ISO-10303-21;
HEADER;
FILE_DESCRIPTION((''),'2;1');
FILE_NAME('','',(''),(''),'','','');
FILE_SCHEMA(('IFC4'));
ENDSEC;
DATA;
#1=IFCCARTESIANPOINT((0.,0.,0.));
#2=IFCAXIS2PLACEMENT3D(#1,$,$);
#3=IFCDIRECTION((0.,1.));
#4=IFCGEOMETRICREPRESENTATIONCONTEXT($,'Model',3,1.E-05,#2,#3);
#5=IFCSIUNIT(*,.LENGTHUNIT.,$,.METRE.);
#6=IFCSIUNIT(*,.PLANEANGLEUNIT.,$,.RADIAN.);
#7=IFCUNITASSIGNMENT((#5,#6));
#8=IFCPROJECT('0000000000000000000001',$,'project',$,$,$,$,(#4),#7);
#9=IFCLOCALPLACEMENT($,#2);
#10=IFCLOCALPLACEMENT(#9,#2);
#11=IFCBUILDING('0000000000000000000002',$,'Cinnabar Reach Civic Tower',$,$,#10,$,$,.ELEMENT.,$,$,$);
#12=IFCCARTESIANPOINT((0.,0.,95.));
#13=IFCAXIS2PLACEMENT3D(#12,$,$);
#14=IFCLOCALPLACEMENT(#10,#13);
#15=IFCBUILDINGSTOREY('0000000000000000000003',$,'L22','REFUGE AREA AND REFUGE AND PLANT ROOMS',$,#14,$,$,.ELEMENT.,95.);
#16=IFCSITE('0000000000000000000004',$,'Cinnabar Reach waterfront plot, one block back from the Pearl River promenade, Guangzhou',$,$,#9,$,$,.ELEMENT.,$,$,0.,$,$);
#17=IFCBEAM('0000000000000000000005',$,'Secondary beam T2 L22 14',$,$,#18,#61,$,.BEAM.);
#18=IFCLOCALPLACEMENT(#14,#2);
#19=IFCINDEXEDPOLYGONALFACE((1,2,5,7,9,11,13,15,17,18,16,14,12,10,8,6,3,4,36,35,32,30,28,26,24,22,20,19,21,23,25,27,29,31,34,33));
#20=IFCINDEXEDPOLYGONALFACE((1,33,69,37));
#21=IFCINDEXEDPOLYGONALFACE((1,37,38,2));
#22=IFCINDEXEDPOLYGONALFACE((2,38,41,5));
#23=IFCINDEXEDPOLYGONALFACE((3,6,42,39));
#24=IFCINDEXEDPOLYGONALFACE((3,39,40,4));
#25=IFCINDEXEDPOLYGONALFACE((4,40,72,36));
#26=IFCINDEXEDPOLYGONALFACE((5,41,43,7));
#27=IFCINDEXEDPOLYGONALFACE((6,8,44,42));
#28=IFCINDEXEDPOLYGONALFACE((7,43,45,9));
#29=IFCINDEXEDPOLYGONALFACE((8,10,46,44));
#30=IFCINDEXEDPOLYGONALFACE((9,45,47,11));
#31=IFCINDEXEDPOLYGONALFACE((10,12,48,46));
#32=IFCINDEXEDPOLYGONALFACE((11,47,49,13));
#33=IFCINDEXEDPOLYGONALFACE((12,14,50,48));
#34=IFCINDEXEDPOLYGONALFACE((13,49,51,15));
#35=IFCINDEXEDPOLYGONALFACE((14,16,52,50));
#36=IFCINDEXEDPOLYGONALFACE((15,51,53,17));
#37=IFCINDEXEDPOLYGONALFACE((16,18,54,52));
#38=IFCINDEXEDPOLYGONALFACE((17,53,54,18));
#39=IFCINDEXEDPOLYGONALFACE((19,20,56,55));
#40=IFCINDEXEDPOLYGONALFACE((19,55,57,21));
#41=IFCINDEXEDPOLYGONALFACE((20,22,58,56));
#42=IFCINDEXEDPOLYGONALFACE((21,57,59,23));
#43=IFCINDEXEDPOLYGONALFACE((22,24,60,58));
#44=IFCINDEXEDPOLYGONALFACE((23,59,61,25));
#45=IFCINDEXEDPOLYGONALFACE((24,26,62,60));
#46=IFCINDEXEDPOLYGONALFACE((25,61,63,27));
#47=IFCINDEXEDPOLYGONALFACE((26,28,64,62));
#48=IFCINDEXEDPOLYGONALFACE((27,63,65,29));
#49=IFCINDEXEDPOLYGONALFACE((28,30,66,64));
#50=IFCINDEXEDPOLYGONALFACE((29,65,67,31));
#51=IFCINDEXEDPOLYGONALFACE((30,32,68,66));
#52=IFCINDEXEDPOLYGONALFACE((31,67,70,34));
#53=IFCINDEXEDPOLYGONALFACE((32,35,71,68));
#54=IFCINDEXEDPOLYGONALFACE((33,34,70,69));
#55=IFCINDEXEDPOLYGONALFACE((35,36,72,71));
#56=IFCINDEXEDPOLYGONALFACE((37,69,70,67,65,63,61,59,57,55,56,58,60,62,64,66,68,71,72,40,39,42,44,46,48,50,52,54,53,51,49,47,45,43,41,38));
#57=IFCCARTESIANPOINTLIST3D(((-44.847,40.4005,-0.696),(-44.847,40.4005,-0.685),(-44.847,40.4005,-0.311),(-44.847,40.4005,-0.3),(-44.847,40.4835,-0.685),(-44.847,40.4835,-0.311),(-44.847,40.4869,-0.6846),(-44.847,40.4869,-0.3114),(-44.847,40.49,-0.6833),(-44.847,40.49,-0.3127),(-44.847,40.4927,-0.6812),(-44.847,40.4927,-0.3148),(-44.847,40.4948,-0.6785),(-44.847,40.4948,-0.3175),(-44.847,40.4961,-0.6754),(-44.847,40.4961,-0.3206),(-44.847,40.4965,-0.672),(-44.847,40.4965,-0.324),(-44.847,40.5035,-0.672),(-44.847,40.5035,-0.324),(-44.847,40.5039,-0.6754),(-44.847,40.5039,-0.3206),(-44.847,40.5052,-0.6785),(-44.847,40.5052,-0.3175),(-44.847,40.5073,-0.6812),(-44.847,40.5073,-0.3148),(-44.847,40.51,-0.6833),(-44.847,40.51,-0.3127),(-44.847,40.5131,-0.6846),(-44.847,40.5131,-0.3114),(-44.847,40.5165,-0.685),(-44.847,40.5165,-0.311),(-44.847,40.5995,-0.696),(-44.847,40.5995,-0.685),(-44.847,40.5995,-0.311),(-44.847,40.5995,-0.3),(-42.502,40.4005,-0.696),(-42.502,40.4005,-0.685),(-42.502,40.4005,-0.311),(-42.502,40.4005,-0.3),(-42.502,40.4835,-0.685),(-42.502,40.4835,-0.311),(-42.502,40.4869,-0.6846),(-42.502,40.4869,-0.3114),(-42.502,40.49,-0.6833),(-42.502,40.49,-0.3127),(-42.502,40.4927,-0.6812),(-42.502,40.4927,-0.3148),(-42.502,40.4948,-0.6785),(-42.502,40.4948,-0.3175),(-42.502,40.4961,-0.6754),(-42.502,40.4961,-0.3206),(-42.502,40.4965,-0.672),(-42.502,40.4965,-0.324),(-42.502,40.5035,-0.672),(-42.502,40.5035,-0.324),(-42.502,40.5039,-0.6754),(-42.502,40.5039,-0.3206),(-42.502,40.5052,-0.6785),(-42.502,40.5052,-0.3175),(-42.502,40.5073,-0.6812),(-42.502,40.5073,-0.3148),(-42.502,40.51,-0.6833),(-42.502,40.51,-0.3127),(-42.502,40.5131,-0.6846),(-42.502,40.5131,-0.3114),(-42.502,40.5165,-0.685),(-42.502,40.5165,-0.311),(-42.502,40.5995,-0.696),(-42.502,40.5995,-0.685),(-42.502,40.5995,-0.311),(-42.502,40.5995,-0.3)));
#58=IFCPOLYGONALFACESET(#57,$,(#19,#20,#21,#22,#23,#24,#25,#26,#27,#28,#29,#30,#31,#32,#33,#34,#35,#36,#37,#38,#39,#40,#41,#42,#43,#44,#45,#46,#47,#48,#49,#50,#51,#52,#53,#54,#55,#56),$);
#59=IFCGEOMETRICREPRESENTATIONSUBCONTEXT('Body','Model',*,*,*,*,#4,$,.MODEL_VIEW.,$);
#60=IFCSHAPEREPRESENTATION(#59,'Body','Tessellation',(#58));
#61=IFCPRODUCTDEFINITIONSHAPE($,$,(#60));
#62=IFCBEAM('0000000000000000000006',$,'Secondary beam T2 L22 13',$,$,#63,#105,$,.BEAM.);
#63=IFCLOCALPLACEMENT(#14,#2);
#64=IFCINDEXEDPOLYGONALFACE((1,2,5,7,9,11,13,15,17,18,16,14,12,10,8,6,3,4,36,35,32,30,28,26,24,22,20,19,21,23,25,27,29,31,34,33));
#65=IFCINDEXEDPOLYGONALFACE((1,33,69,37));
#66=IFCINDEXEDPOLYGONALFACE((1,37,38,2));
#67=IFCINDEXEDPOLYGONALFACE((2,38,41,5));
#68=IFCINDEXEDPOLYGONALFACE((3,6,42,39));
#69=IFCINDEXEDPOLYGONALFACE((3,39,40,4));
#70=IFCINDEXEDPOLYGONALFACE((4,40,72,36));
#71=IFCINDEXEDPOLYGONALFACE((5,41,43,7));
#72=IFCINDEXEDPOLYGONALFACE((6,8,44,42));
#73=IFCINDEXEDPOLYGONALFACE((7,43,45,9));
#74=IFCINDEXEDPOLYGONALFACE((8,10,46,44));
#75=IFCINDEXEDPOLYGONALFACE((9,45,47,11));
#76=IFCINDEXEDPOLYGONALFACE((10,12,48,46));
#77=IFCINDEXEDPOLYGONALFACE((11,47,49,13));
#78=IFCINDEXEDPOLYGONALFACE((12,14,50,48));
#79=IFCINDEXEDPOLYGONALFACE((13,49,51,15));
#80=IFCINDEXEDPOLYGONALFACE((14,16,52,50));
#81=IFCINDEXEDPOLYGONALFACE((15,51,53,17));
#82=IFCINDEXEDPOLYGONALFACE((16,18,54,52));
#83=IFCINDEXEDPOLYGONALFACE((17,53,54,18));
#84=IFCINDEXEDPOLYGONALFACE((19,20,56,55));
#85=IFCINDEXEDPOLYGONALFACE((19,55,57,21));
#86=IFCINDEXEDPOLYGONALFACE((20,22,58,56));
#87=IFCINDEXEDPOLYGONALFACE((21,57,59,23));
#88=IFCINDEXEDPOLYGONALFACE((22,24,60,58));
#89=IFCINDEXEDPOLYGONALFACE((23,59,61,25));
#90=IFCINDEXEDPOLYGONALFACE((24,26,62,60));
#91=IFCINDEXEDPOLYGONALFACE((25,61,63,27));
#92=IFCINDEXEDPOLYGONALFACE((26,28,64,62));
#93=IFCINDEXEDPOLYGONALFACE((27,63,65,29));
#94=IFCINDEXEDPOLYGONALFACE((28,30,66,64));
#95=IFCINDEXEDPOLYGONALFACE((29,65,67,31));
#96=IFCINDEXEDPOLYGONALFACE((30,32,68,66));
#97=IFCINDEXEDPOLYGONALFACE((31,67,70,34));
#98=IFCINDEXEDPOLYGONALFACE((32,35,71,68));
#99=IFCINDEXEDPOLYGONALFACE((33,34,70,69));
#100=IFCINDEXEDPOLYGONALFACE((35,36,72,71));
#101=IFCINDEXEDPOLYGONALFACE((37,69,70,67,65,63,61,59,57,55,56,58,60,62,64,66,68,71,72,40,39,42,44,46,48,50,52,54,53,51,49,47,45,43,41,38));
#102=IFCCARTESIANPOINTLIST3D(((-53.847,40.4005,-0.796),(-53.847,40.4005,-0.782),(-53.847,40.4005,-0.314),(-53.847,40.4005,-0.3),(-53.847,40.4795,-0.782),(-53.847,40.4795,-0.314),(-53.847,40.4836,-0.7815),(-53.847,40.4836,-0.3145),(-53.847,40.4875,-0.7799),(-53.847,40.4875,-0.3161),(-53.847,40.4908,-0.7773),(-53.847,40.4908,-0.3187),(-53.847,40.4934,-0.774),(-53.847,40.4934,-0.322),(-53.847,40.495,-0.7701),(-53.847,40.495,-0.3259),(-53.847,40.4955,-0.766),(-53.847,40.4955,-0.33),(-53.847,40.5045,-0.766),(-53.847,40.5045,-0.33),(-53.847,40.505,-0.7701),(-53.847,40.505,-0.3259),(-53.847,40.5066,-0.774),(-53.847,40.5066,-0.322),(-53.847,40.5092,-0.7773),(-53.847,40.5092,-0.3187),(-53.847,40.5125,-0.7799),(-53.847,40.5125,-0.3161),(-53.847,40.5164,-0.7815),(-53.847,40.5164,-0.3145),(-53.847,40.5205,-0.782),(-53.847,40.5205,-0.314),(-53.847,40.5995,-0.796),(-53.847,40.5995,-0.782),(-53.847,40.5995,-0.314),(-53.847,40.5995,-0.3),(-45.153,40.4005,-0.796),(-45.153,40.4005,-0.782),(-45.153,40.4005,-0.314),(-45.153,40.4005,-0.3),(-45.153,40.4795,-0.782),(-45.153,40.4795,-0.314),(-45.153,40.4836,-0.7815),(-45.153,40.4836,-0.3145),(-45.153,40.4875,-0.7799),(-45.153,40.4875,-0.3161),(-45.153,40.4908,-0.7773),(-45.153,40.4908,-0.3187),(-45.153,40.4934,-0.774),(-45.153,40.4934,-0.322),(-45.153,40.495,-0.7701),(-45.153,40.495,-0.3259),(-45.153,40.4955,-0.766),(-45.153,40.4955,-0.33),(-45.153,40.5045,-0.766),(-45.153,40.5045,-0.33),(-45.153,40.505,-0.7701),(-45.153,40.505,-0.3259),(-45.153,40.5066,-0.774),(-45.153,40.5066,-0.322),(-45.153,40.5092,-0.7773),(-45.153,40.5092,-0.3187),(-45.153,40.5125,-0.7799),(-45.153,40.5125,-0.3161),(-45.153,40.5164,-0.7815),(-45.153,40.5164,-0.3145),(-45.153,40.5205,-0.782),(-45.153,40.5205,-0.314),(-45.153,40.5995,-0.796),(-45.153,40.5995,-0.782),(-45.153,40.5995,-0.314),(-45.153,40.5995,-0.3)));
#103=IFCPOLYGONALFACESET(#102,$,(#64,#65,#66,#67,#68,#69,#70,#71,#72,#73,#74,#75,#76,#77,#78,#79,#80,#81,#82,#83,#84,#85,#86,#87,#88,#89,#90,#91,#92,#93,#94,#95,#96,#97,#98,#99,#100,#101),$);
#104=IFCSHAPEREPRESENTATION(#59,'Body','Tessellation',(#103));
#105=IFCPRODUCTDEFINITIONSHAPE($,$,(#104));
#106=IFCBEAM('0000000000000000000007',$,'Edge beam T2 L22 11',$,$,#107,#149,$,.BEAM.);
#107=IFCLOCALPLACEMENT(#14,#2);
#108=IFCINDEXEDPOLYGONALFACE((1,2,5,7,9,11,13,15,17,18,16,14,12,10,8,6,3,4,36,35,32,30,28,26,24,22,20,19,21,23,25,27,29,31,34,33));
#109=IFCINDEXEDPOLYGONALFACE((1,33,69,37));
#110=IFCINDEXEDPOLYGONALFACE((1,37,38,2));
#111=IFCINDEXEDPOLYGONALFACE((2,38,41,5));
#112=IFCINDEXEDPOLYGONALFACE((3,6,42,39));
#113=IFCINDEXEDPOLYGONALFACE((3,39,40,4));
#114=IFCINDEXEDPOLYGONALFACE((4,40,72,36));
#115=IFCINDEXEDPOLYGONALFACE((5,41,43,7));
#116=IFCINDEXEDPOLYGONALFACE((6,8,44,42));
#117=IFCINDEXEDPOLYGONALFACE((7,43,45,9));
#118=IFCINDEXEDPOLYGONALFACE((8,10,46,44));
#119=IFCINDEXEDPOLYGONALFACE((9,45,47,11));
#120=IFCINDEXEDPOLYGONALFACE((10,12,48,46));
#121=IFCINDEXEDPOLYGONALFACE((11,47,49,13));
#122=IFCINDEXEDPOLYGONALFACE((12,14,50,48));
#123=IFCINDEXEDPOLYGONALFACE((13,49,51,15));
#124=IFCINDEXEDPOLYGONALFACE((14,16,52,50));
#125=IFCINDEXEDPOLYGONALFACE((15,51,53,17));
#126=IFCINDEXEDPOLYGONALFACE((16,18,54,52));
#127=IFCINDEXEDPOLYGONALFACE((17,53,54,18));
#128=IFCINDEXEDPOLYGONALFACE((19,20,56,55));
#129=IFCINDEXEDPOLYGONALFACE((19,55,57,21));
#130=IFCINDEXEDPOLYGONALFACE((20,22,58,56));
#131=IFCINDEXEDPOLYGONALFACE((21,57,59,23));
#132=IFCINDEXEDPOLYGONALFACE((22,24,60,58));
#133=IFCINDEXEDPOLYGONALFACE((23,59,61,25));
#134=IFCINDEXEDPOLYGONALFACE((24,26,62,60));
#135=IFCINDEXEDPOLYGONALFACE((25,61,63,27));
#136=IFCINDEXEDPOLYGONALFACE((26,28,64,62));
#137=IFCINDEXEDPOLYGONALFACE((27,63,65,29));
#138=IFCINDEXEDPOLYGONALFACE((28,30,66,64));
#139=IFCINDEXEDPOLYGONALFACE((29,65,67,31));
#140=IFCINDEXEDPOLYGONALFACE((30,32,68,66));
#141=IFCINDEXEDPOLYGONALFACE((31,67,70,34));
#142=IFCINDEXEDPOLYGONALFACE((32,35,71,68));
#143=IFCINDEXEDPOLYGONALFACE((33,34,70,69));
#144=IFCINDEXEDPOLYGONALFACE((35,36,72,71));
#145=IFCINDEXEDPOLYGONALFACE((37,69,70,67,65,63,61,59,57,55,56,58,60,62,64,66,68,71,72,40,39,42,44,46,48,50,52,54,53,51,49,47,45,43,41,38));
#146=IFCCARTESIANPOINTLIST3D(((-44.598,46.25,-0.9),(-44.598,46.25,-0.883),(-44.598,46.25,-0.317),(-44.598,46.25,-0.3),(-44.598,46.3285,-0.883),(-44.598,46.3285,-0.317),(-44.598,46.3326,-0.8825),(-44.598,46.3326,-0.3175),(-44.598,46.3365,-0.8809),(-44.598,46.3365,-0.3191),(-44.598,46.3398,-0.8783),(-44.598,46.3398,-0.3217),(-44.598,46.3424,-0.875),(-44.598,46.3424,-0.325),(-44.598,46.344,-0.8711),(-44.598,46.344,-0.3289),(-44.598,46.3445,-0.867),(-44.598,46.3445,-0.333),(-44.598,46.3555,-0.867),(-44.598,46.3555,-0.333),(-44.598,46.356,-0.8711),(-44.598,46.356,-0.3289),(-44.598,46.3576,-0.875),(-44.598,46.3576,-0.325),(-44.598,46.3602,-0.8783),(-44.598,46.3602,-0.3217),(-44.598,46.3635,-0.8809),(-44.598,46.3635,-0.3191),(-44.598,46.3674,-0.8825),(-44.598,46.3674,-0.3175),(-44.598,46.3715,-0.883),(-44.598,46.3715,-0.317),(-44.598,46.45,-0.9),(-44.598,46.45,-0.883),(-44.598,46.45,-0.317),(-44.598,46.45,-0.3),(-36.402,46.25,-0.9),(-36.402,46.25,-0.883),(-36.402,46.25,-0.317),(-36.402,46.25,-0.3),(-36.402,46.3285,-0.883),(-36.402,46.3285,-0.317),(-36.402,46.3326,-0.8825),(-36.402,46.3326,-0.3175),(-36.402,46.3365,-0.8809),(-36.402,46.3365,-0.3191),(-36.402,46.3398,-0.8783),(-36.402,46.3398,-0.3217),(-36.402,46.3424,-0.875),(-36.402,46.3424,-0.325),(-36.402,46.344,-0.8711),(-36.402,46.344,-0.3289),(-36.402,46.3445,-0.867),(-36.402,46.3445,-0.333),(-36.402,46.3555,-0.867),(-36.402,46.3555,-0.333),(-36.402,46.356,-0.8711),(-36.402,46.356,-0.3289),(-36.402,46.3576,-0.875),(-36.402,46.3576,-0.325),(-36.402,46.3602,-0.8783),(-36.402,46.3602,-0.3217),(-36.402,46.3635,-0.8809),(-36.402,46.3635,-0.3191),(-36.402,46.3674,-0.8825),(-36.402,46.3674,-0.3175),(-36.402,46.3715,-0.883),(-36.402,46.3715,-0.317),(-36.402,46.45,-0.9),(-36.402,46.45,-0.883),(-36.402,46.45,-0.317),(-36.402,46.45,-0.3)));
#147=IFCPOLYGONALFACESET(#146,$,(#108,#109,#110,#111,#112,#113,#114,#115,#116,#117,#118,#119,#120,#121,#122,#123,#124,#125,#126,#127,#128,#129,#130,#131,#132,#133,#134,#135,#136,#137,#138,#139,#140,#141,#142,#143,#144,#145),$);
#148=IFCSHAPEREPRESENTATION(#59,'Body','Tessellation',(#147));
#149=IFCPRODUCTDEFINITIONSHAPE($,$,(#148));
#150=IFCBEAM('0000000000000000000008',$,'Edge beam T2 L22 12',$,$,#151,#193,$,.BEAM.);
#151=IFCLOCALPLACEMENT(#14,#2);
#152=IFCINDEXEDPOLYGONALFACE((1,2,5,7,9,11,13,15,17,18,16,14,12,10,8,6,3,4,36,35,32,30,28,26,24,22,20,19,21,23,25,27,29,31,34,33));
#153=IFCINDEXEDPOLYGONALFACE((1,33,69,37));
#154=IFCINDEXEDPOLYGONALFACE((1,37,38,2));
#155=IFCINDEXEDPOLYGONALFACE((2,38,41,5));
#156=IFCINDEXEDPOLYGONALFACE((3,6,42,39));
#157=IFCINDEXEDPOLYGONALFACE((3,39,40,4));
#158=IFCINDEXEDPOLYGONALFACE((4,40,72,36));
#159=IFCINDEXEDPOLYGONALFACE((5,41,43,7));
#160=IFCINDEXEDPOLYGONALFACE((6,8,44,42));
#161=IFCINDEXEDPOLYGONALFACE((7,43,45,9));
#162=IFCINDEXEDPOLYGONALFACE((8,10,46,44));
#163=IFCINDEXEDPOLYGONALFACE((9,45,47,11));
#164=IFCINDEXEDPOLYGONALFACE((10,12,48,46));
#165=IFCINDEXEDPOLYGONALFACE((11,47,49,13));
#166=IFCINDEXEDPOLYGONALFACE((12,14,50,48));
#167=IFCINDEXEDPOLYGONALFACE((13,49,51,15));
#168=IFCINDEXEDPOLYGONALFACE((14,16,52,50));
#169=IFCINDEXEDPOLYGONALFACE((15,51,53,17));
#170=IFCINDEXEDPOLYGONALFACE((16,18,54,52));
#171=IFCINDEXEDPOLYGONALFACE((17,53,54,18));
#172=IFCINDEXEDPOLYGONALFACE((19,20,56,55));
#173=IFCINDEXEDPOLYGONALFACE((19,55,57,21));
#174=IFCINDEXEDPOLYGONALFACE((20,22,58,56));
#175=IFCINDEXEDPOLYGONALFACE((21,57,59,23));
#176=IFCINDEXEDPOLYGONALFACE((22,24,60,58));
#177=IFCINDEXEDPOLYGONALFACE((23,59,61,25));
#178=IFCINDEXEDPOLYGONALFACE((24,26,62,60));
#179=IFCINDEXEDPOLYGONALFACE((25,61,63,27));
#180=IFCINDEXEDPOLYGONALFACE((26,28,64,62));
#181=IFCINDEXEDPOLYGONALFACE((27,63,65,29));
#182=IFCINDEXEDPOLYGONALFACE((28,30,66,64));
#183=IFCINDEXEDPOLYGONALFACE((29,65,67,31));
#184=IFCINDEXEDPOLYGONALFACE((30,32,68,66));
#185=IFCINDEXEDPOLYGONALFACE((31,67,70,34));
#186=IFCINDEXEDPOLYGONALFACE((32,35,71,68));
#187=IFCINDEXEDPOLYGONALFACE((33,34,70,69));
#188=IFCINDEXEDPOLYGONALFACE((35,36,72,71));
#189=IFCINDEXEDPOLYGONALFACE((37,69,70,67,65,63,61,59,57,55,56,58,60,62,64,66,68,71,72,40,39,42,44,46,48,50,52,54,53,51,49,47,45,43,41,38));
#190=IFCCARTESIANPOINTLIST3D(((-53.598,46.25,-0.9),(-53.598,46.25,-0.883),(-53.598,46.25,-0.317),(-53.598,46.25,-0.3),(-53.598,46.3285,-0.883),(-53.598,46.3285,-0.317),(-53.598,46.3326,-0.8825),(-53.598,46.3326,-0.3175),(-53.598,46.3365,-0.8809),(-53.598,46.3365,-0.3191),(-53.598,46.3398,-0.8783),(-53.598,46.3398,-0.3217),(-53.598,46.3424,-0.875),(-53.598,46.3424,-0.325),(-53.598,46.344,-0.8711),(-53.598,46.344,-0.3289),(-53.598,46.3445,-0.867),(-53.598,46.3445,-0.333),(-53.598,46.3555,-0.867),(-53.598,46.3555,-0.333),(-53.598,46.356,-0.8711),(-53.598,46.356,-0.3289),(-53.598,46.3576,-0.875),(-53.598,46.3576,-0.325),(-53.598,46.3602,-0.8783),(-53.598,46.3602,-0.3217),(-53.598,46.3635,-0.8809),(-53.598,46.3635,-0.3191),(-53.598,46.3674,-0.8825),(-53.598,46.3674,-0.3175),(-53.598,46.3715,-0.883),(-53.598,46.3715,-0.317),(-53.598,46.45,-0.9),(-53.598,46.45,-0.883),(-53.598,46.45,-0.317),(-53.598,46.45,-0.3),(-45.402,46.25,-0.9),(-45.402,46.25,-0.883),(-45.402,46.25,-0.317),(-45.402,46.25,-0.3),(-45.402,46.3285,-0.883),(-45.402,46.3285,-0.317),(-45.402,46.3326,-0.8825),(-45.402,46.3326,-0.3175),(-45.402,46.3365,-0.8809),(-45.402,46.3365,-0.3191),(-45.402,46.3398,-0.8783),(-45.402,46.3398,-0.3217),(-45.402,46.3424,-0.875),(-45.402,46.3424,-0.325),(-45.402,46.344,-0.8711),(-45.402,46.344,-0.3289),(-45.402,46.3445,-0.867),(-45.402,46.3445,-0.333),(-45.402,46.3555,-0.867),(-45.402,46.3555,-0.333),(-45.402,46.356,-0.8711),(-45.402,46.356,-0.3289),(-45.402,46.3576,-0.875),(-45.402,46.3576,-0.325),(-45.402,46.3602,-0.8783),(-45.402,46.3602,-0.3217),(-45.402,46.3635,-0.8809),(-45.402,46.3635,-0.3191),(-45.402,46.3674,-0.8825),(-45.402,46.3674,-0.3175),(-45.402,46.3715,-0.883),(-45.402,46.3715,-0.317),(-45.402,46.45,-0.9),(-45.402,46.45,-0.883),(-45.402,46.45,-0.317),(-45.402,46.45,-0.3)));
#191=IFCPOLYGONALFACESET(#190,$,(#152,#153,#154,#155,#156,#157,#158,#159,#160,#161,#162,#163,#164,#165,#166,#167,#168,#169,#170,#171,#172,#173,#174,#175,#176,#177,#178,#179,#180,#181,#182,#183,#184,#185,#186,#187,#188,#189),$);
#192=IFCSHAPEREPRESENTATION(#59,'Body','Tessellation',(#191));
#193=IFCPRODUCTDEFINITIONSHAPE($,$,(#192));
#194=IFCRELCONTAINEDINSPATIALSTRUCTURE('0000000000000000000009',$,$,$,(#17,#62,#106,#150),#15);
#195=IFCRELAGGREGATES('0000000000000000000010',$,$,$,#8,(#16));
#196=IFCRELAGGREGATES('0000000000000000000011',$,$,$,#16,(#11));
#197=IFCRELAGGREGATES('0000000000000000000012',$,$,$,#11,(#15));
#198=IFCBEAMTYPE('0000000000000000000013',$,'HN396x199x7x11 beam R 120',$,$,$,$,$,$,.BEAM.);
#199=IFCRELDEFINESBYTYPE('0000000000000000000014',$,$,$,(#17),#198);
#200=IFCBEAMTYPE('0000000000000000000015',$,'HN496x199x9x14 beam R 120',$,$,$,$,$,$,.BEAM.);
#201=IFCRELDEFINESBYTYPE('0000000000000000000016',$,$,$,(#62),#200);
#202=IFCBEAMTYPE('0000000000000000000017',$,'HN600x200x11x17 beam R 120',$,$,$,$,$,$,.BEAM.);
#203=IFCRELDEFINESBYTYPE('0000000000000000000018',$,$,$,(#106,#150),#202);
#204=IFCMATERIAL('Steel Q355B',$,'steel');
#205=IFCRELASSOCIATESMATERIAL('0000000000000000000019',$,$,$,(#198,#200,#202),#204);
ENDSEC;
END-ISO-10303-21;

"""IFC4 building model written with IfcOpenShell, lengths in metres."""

from ifc_helpers import new_model, si_unit, direction, frame, origin, origin_2d, place, context, subcontext, project, spatial, i_section, extrude, material, material_profile, profile_set, type_object, element, save


model = new_model("IFC4")

# Units and contexts
model_context = context("Model", 3, precision=1e-05, world=origin(), true_north=direction((0.0, 1.0)))
body_context = subcontext(model_context, "Body", "Model", "MODEL_VIEW")
ifc_project = project(units=[si_unit("LENGTHUNIT", "METRE"), si_unit("PLANEANGLEUNIT", "RADIAN")], contexts=[model_context])

# Site, building, storey
site_placement = place(None, origin())
site = spatial("IfcSite", under=ifc_project, at=site_placement, Name="Cinnabar Reach waterfront plot, one block back from the Pearl River promenade, Guangzhou", CompositionType="ELEMENT", RefElevation=0.0)
building_placement = place(site_placement, origin())
building = spatial("IfcBuilding", under=site, at=building_placement, Name="Cinnabar Reach Civic Tower", CompositionType="ELEMENT")
storey_placement = place(building_placement, frame((0.0, 0.0, 95.0)))
storey = spatial("IfcBuildingStorey", under=building, at=storey_placement, Name="L22", Description="REFUGE AREA AND REFUGE AND PLANT ROOMS", CompositionType="ELEMENT", Elevation=95.0)

# Beams
ifc_material_1 = material(Name="Steel Q355B", Category="steel")
ifc_material_profile_1 = material_profile(ifc_material_1, i_section(OverallWidth=0.199, OverallDepth=0.396, WebThickness=0.007, FlangeThickness=0.011, FilletRadius=0.013, at=origin_2d()), Name="HN396x199x7x11")
ifc_profile_set_1 = profile_set([ifc_material_profile_1], Name="Steel Q355B")
beam_type_1 = type_object("IfcBeamType", Name="HN396x199x7x11 beam R 120", PredefinedType="BEAM", material=ifc_profile_set_1)
beam_1_placement = place(storey_placement, frame((-44.847, 40.5, -0.498), z_axis=(1.0, 0.0, 0.0), x_axis=(0.0, 1.0, 0.0)))
element("IfcBeam", 1, at=beam_1_placement, inside=storey, type_object=beam_type_1, Name="Secondary beam T2 L22 14", PredefinedType="BEAM", context=body_context, shape_type="SweptSolid", body=[
    extrude(i_section(OverallWidth=0.199, OverallDepth=0.396, WebThickness=0.007, FlangeThickness=0.011, FilletRadius=0.013, at=origin_2d()), origin(), (0.0, 0.0, 1.0), 2.345),
])
ifc_material_profile_2 = material_profile(ifc_material_1, i_section(OverallWidth=0.199, OverallDepth=0.496, WebThickness=0.009, FlangeThickness=0.014, FilletRadius=0.016, at=origin_2d()), Name="HN496x199x9x14")
ifc_profile_set_2 = profile_set([ifc_material_profile_2], Name="Steel Q355B")
beam_type_2 = type_object("IfcBeamType", Name="HN496x199x9x14 beam R 120", PredefinedType="BEAM", material=ifc_profile_set_2)
beam_2_placement = place(storey_placement, frame((-53.847, 40.5, -0.548), z_axis=(1.0, 0.0, 0.0), x_axis=(0.0, 1.0, 0.0)))
element("IfcBeam", 2, at=beam_2_placement, inside=storey, type_object=beam_type_2, Name="Secondary beam T2 L22 13", PredefinedType="BEAM", context=body_context, shape_type="SweptSolid", body=[
    extrude(i_section(OverallWidth=0.199, OverallDepth=0.496, WebThickness=0.009, FlangeThickness=0.014, FilletRadius=0.016, at=origin_2d()), origin(), (0.0, 0.0, 1.0), 8.694),
])
ifc_material_profile_3 = material_profile(ifc_material_1, i_section(OverallWidth=0.2, OverallDepth=0.6, WebThickness=0.011, FlangeThickness=0.017, FilletRadius=0.016, at=origin_2d()), Name="HN600x200x11x17")
ifc_profile_set_3 = profile_set([ifc_material_profile_3], Name="Steel Q355B")
beam_type_3 = type_object("IfcBeamType", Name="HN600x200x11x17 beam R 120", PredefinedType="BEAM", material=ifc_profile_set_3)
for number, where, z_axis, x_axis, name in (
    (3, (-36.402, 46.35, -0.6), (-1.0, 0.0, 0.0), (0.0, -1.0, 0.0), "Edge beam T2 L22 11"),
    (4, (-45.402, 46.35, -0.6), (-1.0, 0.0, 0.0), (0.0, -1.0, 0.0), "Edge beam T2 L22 12"),
):
    element("IfcBeam", number, at=place(storey_placement, frame(where, z_axis=z_axis, x_axis=x_axis)), inside=storey, type_object=beam_type_3, Name=name, PredefinedType="BEAM", context=body_context, shape_type="SweptSolid", body=[
        extrude(i_section(OverallWidth=0.2, OverallDepth=0.6, WebThickness=0.011, FlangeThickness=0.017, FilletRadius=0.016, at=origin_2d()), origin(), (0.0, 0.0, 1.0), 8.196),
    ])

save(model, "model.ifc")
